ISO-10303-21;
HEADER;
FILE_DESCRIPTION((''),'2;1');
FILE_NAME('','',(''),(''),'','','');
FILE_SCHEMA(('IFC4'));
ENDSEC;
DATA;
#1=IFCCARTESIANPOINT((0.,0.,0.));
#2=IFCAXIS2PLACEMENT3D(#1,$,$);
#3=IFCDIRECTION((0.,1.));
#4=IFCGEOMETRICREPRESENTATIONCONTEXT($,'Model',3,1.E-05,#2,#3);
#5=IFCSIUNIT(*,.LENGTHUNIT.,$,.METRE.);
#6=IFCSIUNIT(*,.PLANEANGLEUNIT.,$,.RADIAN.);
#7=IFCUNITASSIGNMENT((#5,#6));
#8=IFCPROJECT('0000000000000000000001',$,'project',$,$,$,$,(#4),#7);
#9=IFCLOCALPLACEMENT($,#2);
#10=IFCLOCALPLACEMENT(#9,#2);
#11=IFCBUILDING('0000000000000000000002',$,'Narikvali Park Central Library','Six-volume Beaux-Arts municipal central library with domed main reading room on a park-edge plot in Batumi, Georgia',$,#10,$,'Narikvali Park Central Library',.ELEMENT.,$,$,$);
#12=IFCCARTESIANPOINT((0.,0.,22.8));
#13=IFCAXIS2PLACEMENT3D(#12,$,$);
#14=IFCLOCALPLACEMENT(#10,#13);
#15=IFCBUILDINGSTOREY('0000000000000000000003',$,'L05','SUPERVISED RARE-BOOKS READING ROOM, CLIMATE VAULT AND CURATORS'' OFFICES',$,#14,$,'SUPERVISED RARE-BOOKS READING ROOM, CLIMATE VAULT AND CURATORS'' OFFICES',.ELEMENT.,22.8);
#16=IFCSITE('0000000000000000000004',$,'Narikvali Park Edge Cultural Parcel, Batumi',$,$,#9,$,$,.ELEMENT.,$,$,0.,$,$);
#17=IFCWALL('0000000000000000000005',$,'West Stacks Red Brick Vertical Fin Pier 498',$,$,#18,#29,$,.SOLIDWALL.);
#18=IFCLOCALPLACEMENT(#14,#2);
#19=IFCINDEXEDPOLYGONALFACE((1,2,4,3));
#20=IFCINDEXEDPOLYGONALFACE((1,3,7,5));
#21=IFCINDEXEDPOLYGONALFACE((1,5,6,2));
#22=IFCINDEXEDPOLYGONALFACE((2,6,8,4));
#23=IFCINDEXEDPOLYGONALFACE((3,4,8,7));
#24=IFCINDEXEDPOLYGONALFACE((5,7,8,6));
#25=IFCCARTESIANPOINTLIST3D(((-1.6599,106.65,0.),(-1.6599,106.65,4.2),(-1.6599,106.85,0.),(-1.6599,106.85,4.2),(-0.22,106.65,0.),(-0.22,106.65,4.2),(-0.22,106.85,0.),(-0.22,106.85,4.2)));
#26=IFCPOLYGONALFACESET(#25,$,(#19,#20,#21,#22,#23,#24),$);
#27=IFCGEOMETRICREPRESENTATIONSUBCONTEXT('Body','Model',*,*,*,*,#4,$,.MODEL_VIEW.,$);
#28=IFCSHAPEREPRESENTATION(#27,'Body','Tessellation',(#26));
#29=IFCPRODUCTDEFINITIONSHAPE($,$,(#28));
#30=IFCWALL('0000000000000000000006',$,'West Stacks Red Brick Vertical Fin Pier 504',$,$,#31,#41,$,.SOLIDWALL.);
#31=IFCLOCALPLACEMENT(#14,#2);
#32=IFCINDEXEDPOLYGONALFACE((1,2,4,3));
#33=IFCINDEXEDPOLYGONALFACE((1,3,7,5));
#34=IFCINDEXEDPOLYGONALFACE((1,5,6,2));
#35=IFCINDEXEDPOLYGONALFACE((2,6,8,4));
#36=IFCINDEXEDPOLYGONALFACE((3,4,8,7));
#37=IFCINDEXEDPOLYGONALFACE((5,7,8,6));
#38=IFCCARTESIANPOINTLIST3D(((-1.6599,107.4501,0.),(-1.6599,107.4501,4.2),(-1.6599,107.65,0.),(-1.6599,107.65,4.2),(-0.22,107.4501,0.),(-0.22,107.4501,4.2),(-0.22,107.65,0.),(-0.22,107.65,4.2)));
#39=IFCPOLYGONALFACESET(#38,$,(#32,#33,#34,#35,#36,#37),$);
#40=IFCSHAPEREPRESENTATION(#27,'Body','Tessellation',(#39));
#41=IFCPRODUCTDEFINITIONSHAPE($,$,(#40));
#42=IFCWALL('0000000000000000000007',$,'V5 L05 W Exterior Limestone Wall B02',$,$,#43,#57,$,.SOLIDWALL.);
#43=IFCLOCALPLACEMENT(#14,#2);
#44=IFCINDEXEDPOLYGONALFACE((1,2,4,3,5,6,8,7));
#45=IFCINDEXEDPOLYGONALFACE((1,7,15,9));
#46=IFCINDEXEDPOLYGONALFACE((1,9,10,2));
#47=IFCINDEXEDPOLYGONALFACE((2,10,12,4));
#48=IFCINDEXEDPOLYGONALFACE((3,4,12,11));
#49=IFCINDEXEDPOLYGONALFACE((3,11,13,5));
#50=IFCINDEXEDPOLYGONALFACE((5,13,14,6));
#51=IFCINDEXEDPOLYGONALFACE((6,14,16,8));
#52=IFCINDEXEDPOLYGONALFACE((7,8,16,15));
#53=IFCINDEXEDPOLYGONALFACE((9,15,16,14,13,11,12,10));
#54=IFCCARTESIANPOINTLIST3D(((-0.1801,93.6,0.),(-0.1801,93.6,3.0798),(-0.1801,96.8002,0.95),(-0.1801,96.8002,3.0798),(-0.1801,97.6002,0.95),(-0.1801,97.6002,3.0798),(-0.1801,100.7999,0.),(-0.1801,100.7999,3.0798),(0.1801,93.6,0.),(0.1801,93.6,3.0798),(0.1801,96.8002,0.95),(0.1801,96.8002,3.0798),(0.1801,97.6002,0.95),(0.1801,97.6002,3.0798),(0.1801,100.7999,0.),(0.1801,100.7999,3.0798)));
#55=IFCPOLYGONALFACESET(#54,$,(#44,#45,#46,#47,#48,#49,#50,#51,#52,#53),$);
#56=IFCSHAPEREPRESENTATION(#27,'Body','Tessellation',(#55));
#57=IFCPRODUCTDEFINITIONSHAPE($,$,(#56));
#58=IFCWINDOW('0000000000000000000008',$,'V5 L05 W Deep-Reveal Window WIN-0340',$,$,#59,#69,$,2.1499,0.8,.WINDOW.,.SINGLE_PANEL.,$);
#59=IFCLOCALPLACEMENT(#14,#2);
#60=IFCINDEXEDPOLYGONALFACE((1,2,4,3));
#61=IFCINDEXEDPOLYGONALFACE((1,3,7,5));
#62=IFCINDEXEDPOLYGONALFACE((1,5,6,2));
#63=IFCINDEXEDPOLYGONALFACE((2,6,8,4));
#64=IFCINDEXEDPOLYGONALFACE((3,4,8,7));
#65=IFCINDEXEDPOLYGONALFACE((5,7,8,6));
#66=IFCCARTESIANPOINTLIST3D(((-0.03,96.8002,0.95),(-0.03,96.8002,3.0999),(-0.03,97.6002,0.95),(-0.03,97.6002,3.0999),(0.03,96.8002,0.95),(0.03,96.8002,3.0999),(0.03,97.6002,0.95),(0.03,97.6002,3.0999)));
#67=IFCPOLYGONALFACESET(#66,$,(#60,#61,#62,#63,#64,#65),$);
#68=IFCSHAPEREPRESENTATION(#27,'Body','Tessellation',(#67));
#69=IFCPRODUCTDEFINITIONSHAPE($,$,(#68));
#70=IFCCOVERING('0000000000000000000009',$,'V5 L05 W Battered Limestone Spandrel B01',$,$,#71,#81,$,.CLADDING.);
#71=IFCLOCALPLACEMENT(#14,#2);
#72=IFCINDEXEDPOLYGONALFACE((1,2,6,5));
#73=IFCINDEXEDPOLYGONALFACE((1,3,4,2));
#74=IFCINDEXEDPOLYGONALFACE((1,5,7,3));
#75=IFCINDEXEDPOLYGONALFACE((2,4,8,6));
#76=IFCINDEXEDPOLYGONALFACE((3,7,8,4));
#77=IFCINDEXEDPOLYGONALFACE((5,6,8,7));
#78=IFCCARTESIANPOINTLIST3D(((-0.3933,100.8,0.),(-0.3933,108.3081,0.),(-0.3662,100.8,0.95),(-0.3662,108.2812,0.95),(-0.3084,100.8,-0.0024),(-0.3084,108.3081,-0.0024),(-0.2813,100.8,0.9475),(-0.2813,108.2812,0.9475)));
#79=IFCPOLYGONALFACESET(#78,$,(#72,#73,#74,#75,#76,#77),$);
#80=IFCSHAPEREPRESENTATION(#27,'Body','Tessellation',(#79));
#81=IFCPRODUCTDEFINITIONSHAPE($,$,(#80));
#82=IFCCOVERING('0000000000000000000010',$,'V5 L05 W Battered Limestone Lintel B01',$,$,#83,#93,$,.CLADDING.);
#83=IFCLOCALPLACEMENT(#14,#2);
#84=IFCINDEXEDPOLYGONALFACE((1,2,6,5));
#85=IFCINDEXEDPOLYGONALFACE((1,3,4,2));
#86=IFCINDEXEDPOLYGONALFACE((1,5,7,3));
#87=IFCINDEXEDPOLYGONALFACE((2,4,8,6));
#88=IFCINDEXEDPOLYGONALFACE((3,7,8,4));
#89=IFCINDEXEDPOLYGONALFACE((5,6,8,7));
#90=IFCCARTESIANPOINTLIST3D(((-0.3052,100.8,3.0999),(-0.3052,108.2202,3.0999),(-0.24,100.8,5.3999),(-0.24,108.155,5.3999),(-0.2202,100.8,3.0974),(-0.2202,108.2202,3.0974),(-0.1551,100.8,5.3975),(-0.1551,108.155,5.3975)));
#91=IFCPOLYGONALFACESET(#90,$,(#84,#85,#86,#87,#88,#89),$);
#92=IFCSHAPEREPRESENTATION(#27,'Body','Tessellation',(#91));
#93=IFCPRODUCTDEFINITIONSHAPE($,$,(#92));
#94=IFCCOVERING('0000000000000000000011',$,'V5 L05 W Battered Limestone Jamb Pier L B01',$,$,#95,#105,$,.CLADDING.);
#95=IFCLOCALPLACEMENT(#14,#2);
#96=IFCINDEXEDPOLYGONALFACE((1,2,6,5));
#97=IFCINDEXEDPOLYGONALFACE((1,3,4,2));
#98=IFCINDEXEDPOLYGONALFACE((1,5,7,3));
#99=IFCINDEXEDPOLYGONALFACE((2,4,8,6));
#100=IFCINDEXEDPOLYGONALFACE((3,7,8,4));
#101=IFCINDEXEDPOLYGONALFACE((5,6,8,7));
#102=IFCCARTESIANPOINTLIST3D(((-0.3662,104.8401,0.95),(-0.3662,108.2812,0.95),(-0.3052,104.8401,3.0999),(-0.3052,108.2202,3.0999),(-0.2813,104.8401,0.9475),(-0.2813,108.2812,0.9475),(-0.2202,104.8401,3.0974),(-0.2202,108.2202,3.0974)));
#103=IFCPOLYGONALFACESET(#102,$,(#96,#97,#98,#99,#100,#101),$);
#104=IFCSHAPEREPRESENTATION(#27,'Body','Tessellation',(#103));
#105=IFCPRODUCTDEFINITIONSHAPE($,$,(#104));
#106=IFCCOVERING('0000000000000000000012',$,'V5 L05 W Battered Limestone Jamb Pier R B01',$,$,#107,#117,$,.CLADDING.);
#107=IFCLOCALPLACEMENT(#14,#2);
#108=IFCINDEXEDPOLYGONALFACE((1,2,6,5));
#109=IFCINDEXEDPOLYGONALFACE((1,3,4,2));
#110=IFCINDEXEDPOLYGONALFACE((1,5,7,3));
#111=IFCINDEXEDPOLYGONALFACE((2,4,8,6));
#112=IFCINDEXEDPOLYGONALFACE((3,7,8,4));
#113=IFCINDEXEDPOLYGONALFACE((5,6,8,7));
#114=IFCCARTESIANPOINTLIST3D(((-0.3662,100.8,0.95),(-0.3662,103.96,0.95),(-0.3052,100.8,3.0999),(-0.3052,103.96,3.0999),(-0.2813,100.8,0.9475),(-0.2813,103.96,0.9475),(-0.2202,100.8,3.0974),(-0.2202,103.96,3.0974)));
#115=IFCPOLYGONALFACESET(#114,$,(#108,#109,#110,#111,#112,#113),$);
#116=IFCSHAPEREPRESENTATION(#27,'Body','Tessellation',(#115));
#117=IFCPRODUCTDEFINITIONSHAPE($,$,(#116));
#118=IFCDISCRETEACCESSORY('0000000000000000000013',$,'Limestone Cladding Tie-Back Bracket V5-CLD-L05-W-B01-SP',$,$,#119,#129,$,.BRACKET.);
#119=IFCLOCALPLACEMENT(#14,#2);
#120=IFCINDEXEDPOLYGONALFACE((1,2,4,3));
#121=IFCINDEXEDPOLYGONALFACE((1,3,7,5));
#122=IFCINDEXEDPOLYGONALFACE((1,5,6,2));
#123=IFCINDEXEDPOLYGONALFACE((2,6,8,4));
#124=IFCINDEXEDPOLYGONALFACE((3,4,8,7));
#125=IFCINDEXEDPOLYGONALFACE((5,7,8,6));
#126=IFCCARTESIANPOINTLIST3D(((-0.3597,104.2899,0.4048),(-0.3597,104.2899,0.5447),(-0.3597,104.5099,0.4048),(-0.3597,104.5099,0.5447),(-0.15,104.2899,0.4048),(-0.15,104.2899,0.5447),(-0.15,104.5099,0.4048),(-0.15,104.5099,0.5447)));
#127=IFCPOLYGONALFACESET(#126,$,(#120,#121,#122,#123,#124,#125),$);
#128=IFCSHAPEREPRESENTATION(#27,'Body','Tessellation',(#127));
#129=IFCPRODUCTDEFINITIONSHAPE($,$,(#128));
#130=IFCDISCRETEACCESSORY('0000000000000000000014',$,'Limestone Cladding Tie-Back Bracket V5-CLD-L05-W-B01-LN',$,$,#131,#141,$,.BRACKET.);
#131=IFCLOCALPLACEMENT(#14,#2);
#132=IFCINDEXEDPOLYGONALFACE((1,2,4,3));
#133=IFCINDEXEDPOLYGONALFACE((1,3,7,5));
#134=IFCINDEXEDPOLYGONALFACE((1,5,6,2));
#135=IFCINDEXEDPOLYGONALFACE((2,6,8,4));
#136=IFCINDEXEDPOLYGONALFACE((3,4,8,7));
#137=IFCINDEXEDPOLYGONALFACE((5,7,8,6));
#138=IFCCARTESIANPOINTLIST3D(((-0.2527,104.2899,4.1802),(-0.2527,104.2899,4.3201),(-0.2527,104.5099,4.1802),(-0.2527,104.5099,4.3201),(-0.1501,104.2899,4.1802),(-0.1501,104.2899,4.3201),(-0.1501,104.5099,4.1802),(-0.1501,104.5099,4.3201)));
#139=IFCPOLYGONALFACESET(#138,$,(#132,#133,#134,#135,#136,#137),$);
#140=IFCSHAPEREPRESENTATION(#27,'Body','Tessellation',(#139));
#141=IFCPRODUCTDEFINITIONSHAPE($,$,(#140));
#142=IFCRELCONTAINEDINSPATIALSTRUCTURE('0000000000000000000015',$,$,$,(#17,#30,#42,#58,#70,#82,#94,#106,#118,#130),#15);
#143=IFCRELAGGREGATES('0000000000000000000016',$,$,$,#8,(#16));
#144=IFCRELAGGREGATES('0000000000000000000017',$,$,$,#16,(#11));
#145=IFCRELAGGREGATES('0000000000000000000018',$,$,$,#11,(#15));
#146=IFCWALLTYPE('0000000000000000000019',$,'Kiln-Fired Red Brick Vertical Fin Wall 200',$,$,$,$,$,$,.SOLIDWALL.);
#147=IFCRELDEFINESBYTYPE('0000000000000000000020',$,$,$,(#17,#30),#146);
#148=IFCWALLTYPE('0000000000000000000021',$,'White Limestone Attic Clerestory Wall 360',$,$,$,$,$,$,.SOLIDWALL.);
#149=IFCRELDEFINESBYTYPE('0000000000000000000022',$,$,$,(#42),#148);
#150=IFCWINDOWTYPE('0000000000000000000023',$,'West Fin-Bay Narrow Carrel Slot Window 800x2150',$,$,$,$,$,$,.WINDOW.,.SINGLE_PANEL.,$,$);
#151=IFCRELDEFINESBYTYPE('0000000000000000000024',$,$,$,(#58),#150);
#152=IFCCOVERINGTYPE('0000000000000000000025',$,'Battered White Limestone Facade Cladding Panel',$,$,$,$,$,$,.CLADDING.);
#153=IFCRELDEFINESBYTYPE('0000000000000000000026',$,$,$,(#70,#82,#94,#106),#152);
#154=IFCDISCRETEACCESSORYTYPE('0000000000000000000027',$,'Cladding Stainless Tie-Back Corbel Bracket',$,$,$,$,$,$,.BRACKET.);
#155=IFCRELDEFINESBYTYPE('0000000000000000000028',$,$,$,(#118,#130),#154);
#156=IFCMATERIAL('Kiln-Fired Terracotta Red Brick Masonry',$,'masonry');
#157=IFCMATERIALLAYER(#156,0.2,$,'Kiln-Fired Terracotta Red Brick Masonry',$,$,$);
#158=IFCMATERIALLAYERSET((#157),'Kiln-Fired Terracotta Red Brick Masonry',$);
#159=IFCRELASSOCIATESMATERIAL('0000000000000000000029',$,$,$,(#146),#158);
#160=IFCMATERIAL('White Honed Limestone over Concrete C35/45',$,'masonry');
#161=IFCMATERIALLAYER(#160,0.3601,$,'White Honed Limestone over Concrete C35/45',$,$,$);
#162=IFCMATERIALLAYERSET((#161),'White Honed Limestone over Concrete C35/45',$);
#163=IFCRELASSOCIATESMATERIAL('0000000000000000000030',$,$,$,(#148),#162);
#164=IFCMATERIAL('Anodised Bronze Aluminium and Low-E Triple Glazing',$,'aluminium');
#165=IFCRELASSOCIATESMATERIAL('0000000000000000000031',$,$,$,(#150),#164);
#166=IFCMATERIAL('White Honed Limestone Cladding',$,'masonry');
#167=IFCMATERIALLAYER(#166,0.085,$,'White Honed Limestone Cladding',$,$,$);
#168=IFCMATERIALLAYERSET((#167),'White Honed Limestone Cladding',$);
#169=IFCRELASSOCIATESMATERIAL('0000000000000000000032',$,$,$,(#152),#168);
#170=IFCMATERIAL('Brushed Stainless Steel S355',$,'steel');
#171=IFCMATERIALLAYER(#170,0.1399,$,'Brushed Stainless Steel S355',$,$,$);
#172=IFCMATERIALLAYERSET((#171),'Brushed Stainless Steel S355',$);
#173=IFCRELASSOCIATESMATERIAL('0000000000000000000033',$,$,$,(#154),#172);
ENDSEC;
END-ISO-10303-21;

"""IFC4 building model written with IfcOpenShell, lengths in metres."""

from ifc_helpers import new_model, si_unit, direction, frame, frame_2d, origin, origin_2d, place, context, subcontext, project, spatial, polyline, rectangle, outline, extrude, material, layer, layer_set, type_object, element, fill, save


model = new_model("IFC4")

# Units and contexts
model_context = context("Model", 3, precision=1e-05, world=origin(), true_north=direction((0.0, 1.0)))
body_context = subcontext(model_context, "Body", "Model", "MODEL_VIEW")
ifc_project = project(units=[si_unit("LENGTHUNIT", "METRE"), si_unit("PLANEANGLEUNIT", "RADIAN")], contexts=[model_context])

# Site, building, storey
site_placement = place(None, origin())
site = spatial("IfcSite", under=ifc_project, at=site_placement, Name="Narikvali Park Edge Cultural Parcel, Batumi", CompositionType="ELEMENT", RefElevation=0.0)
building_placement = place(site_placement, origin())
building = spatial("IfcBuilding", under=site, at=building_placement, Name="Narikvali Park Central Library", Description="Six-volume Beaux-Arts municipal central library with domed main reading room on a park-edge plot in Batumi, Georgia", LongName="Narikvali Park Central Library", CompositionType="ELEMENT")
storey_placement = place(building_placement, frame((0.0, 0.0, 22.8)))
storey = spatial("IfcBuildingStorey", under=building, at=storey_placement, Name="L05", Description="SUPERVISED RARE-BOOKS READING ROOM, CLIMATE VAULT AND CURATORS' OFFICES", LongName="SUPERVISED RARE-BOOKS READING ROOM, CLIMATE VAULT AND CURATORS' OFFICES", CompositionType="ELEMENT", Elevation=22.8)

# Walls
ifc_material_1 = material(Name="Kiln-Fired Terracotta Red Brick Masonry", Category="masonry")
ifc_layer_1 = layer(ifc_material_1, 0.2, Name="Kiln-Fired Terracotta Red Brick Masonry")
ifc_layer_set_1 = layer_set([ifc_layer_1], Name="Kiln-Fired Terracotta Red Brick Masonry")
wall_type_1 = type_object("IfcWallType", Name="Kiln-Fired Red Brick Vertical Fin Wall 200", PredefinedType="SOLIDWALL", material=ifc_layer_set_1)
for number, where, z_axis, x_axis, name in (
    (1, (-1.6599, 106.75, 0.0), (0.0, 0.0, 1.0), (1.0, 0.0, 0.0), "West Stacks Red Brick Vertical Fin Pier 498"),
    (2, (-1.6599, 107.55, 0.0), (0.0, 0.0, 1.0), (1.0, 0.0, 0.0), "West Stacks Red Brick Vertical Fin Pier 504"),
):
    element("IfcWall", number, at=place(storey_placement, frame(where, z_axis=z_axis, x_axis=x_axis)), inside=storey, type_object=wall_type_1, Name=name, PredefinedType="SOLIDWALL", context=body_context, shape_type="SweptSolid", body=[
        extrude(rectangle(XDim=1.4399, YDim=0.2, at=frame_2d((0.72, 0.0))), origin(), (0.0, 0.0, 1.0), 4.2),
    ])

# Wall, opening, window
ifc_material_2 = material(Name="White Honed Limestone over Concrete C35/45", Category="masonry")
ifc_layer_2 = layer(ifc_material_2, 0.3601, Name="White Honed Limestone over Concrete C35/45")
ifc_layer_set_2 = layer_set([ifc_layer_2], Name="White Honed Limestone over Concrete C35/45")
wall_type_2 = type_object("IfcWallType", Name="White Limestone Attic Clerestory Wall 360", PredefinedType="SOLIDWALL", material=ifc_layer_set_2)
wall_placement = place(storey_placement, frame((0.0, 100.8, 0.0), z_axis=(0.0, 0.0, 1.0), x_axis=(0.0, -1.0, 0.0)))
wall = element("IfcWall", 3, at=wall_placement, inside=storey, type_object=wall_type_2, Name="V5 L05 W Exterior Limestone Wall B02", PredefinedType="SOLIDWALL", context=body_context, shape_type="SweptSolid", body=[
    extrude(rectangle(XDim=7.2, YDim=0.3601, at=frame_2d((3.6001, 0.0))), origin(), (0.0, 0.0, 1.0), 3.0798),
])
opening_placement = place(wall_placement, frame((3.2, 0.0, 0.95)))
opening = element("IfcOpeningElement", 4, at=opening_placement, cuts=wall, PredefinedType="OPENING", context=body_context, shape_type="SweptSolid", body=[
    extrude(rectangle(XDim=0.8, YDim=2.1499, at=frame_2d((0.3999, 1.075))), frame((0.0, 0.1919, 0.0), z_axis=(0.0, -1.0, 0.0), x_axis=(1.0, 0.0, 0.0)), (0.0, 0.0, 1.0), 0.384),
])
ifc_material_3 = material(Name="Anodised Bronze Aluminium and Low-E Triple Glazing", Category="aluminium")
window_type = type_object("IfcWindowType", Name="West Fin-Bay Narrow Carrel Slot Window 800x2150", PartitioningType="SINGLE_PANEL", PredefinedType="WINDOW", material=ifc_material_3)
window_placement = place(opening_placement, origin())
window = element("IfcWindow", 5, at=window_placement, inside=storey, type_object=window_type, Name="V5 L05 W Deep-Reveal Window WIN-0340", OverallHeight=2.1499, OverallWidth=0.8, PartitioningType="SINGLE_PANEL", PredefinedType="WINDOW", context=body_context, shape_type="SweptSolid", body=[
    extrude(rectangle(XDim=0.8, YDim=2.1499, at=frame_2d((0.3999, 1.075))), frame((0.0, 0.03, 0.0), z_axis=(0.0, -1.0, 0.0), x_axis=(1.0, 0.0, 0.0)), (0.0, 0.0, 1.0), 0.0601),
])
fill(opening, window)

# Coverings
ifc_material_4 = material(Name="White Honed Limestone Cladding", Category="masonry")
ifc_layer_3 = layer(ifc_material_4, 0.085, Name="White Honed Limestone Cladding")
ifc_layer_set_3 = layer_set([ifc_layer_3], Name="White Honed Limestone Cladding")
covering_type = type_object("IfcCoveringType", Name="Battered White Limestone Facade Cladding Panel", PredefinedType="CLADDING", material=ifc_layer_set_3)
covering_1_placement = place(storey_placement, frame((-0.3933, 108.3081, 0.0), z_axis=(-0.999593, 0.0, 0.028516), x_axis=(0.0, -1.0, 0.0)))
element("IfcCovering", 6, at=covering_1_placement, inside=storey, type_object=covering_type, Name="V5 L05 W Battered Limestone Spandrel B01", PredefinedType="CLADDING", context=body_context, shape_type="SweptSolid", body=[
    extrude(outline(polyline([(0.0, 0.0), (7.5081, 0.0), (7.5081, 0.9503), (0.0269, 0.9503), (0.0, 0.0)])), origin(), (0.0, 0.0, -1.0), 0.085),
])
covering_2_placement = place(storey_placement, frame((-0.3052, 108.2202, 3.0999), z_axis=(-0.999599, 0.0, 0.02833), x_axis=(0.0, -1.0, 0.0)))
element("IfcCovering", 7, at=covering_2_placement, inside=storey, type_object=covering_type, Name="V5 L05 W Battered Limestone Lintel B01", PredefinedType="CLADDING", context=body_context, shape_type="SweptSolid", body=[
    extrude(outline(polyline([(0.0, 0.0), (7.4202, 0.0), (7.4202, 2.301), (0.0652, 2.301), (0.0, 0.0)])), origin(), (0.0, 0.0, -1.0), 0.085),
])
covering_3_placement = place(storey_placement, frame((-0.3662, 108.2812, 0.95), z_axis=(-0.999597, 0.0, 0.028378), x_axis=(0.0, -1.0, 0.0)))
element("IfcCovering", 8, at=covering_3_placement, inside=storey, type_object=covering_type, Name="V5 L05 W Battered Limestone Jamb Pier L B01", PredefinedType="CLADDING", context=body_context, shape_type="SweptSolid", body=[
    extrude(outline(polyline([(0.0, 0.0), (3.4412, 0.0), (3.4412, 2.1508), (0.061, 2.1508), (0.0, 0.0)])), origin(), (0.0, 0.0, -1.0), 0.085),
])
covering_4_placement = place(storey_placement, frame((-0.3662, 103.96, 0.95), z_axis=(-0.999597, 0.0, 0.028378), x_axis=(0.0, -1.0, 0.0)))
element("IfcCovering", 9, at=covering_4_placement, inside=storey, type_object=covering_type, Name="V5 L05 W Battered Limestone Jamb Pier R B01", PredefinedType="CLADDING", context=body_context, shape_type="SweptSolid", body=[
    extrude(outline(polyline([(0.0, 0.0), (3.1599, 0.0), (3.1599, 2.1508), (0.0, 2.1508), (0.0, 0.0)])), origin(), (0.0, 0.0, -1.0), 0.085),
])

# Discrete accessories
ifc_material_5 = material(Name="Brushed Stainless Steel S355", Category="steel")
ifc_layer_4 = layer(ifc_material_5, 0.1399, Name="Brushed Stainless Steel S355")
ifc_layer_set_4 = layer_set([ifc_layer_4], Name="Brushed Stainless Steel S355")
discrete_accessory_type = type_object("IfcDiscreteAccessoryType", Name="Cladding Stainless Tie-Back Corbel Bracket", PredefinedType="BRACKET", material=ifc_layer_set_4)
discrete_accessory_1_placement = place(storey_placement, frame((-0.2549, 104.3999, 0.4048), z_axis=(0.0, 0.0, 1.0), x_axis=(1.0, 0.0, 0.0)))
element("IfcDiscreteAccessory", 10, at=discrete_accessory_1_placement, inside=storey, type_object=discrete_accessory_type, Name="Limestone Cladding Tie-Back Bracket V5-CLD-L05-W-B01-SP", PredefinedType="BRACKET", context=body_context, shape_type="SweptSolid", body=[
    extrude(rectangle(XDim=0.2097, YDim=0.22, at=origin_2d()), origin(), (0.0, 0.0, 1.0), 0.1399),
])
discrete_accessory_2_placement = place(storey_placement, frame((-0.2014, 104.3999, 4.1802), z_axis=(0.0, 0.0, 1.0), x_axis=(1.0, 0.0, 0.0)))
element("IfcDiscreteAccessory", 11, at=discrete_accessory_2_placement, inside=storey, type_object=discrete_accessory_type, Name="Limestone Cladding Tie-Back Bracket V5-CLD-L05-W-B01-LN", PredefinedType="BRACKET", context=body_context, shape_type="SweptSolid", body=[
    extrude(rectangle(XDim=0.1025, YDim=0.22, at=origin_2d()), origin(), (0.0, 0.0, 1.0), 0.1399),
])

save(model, "model.ifc")
